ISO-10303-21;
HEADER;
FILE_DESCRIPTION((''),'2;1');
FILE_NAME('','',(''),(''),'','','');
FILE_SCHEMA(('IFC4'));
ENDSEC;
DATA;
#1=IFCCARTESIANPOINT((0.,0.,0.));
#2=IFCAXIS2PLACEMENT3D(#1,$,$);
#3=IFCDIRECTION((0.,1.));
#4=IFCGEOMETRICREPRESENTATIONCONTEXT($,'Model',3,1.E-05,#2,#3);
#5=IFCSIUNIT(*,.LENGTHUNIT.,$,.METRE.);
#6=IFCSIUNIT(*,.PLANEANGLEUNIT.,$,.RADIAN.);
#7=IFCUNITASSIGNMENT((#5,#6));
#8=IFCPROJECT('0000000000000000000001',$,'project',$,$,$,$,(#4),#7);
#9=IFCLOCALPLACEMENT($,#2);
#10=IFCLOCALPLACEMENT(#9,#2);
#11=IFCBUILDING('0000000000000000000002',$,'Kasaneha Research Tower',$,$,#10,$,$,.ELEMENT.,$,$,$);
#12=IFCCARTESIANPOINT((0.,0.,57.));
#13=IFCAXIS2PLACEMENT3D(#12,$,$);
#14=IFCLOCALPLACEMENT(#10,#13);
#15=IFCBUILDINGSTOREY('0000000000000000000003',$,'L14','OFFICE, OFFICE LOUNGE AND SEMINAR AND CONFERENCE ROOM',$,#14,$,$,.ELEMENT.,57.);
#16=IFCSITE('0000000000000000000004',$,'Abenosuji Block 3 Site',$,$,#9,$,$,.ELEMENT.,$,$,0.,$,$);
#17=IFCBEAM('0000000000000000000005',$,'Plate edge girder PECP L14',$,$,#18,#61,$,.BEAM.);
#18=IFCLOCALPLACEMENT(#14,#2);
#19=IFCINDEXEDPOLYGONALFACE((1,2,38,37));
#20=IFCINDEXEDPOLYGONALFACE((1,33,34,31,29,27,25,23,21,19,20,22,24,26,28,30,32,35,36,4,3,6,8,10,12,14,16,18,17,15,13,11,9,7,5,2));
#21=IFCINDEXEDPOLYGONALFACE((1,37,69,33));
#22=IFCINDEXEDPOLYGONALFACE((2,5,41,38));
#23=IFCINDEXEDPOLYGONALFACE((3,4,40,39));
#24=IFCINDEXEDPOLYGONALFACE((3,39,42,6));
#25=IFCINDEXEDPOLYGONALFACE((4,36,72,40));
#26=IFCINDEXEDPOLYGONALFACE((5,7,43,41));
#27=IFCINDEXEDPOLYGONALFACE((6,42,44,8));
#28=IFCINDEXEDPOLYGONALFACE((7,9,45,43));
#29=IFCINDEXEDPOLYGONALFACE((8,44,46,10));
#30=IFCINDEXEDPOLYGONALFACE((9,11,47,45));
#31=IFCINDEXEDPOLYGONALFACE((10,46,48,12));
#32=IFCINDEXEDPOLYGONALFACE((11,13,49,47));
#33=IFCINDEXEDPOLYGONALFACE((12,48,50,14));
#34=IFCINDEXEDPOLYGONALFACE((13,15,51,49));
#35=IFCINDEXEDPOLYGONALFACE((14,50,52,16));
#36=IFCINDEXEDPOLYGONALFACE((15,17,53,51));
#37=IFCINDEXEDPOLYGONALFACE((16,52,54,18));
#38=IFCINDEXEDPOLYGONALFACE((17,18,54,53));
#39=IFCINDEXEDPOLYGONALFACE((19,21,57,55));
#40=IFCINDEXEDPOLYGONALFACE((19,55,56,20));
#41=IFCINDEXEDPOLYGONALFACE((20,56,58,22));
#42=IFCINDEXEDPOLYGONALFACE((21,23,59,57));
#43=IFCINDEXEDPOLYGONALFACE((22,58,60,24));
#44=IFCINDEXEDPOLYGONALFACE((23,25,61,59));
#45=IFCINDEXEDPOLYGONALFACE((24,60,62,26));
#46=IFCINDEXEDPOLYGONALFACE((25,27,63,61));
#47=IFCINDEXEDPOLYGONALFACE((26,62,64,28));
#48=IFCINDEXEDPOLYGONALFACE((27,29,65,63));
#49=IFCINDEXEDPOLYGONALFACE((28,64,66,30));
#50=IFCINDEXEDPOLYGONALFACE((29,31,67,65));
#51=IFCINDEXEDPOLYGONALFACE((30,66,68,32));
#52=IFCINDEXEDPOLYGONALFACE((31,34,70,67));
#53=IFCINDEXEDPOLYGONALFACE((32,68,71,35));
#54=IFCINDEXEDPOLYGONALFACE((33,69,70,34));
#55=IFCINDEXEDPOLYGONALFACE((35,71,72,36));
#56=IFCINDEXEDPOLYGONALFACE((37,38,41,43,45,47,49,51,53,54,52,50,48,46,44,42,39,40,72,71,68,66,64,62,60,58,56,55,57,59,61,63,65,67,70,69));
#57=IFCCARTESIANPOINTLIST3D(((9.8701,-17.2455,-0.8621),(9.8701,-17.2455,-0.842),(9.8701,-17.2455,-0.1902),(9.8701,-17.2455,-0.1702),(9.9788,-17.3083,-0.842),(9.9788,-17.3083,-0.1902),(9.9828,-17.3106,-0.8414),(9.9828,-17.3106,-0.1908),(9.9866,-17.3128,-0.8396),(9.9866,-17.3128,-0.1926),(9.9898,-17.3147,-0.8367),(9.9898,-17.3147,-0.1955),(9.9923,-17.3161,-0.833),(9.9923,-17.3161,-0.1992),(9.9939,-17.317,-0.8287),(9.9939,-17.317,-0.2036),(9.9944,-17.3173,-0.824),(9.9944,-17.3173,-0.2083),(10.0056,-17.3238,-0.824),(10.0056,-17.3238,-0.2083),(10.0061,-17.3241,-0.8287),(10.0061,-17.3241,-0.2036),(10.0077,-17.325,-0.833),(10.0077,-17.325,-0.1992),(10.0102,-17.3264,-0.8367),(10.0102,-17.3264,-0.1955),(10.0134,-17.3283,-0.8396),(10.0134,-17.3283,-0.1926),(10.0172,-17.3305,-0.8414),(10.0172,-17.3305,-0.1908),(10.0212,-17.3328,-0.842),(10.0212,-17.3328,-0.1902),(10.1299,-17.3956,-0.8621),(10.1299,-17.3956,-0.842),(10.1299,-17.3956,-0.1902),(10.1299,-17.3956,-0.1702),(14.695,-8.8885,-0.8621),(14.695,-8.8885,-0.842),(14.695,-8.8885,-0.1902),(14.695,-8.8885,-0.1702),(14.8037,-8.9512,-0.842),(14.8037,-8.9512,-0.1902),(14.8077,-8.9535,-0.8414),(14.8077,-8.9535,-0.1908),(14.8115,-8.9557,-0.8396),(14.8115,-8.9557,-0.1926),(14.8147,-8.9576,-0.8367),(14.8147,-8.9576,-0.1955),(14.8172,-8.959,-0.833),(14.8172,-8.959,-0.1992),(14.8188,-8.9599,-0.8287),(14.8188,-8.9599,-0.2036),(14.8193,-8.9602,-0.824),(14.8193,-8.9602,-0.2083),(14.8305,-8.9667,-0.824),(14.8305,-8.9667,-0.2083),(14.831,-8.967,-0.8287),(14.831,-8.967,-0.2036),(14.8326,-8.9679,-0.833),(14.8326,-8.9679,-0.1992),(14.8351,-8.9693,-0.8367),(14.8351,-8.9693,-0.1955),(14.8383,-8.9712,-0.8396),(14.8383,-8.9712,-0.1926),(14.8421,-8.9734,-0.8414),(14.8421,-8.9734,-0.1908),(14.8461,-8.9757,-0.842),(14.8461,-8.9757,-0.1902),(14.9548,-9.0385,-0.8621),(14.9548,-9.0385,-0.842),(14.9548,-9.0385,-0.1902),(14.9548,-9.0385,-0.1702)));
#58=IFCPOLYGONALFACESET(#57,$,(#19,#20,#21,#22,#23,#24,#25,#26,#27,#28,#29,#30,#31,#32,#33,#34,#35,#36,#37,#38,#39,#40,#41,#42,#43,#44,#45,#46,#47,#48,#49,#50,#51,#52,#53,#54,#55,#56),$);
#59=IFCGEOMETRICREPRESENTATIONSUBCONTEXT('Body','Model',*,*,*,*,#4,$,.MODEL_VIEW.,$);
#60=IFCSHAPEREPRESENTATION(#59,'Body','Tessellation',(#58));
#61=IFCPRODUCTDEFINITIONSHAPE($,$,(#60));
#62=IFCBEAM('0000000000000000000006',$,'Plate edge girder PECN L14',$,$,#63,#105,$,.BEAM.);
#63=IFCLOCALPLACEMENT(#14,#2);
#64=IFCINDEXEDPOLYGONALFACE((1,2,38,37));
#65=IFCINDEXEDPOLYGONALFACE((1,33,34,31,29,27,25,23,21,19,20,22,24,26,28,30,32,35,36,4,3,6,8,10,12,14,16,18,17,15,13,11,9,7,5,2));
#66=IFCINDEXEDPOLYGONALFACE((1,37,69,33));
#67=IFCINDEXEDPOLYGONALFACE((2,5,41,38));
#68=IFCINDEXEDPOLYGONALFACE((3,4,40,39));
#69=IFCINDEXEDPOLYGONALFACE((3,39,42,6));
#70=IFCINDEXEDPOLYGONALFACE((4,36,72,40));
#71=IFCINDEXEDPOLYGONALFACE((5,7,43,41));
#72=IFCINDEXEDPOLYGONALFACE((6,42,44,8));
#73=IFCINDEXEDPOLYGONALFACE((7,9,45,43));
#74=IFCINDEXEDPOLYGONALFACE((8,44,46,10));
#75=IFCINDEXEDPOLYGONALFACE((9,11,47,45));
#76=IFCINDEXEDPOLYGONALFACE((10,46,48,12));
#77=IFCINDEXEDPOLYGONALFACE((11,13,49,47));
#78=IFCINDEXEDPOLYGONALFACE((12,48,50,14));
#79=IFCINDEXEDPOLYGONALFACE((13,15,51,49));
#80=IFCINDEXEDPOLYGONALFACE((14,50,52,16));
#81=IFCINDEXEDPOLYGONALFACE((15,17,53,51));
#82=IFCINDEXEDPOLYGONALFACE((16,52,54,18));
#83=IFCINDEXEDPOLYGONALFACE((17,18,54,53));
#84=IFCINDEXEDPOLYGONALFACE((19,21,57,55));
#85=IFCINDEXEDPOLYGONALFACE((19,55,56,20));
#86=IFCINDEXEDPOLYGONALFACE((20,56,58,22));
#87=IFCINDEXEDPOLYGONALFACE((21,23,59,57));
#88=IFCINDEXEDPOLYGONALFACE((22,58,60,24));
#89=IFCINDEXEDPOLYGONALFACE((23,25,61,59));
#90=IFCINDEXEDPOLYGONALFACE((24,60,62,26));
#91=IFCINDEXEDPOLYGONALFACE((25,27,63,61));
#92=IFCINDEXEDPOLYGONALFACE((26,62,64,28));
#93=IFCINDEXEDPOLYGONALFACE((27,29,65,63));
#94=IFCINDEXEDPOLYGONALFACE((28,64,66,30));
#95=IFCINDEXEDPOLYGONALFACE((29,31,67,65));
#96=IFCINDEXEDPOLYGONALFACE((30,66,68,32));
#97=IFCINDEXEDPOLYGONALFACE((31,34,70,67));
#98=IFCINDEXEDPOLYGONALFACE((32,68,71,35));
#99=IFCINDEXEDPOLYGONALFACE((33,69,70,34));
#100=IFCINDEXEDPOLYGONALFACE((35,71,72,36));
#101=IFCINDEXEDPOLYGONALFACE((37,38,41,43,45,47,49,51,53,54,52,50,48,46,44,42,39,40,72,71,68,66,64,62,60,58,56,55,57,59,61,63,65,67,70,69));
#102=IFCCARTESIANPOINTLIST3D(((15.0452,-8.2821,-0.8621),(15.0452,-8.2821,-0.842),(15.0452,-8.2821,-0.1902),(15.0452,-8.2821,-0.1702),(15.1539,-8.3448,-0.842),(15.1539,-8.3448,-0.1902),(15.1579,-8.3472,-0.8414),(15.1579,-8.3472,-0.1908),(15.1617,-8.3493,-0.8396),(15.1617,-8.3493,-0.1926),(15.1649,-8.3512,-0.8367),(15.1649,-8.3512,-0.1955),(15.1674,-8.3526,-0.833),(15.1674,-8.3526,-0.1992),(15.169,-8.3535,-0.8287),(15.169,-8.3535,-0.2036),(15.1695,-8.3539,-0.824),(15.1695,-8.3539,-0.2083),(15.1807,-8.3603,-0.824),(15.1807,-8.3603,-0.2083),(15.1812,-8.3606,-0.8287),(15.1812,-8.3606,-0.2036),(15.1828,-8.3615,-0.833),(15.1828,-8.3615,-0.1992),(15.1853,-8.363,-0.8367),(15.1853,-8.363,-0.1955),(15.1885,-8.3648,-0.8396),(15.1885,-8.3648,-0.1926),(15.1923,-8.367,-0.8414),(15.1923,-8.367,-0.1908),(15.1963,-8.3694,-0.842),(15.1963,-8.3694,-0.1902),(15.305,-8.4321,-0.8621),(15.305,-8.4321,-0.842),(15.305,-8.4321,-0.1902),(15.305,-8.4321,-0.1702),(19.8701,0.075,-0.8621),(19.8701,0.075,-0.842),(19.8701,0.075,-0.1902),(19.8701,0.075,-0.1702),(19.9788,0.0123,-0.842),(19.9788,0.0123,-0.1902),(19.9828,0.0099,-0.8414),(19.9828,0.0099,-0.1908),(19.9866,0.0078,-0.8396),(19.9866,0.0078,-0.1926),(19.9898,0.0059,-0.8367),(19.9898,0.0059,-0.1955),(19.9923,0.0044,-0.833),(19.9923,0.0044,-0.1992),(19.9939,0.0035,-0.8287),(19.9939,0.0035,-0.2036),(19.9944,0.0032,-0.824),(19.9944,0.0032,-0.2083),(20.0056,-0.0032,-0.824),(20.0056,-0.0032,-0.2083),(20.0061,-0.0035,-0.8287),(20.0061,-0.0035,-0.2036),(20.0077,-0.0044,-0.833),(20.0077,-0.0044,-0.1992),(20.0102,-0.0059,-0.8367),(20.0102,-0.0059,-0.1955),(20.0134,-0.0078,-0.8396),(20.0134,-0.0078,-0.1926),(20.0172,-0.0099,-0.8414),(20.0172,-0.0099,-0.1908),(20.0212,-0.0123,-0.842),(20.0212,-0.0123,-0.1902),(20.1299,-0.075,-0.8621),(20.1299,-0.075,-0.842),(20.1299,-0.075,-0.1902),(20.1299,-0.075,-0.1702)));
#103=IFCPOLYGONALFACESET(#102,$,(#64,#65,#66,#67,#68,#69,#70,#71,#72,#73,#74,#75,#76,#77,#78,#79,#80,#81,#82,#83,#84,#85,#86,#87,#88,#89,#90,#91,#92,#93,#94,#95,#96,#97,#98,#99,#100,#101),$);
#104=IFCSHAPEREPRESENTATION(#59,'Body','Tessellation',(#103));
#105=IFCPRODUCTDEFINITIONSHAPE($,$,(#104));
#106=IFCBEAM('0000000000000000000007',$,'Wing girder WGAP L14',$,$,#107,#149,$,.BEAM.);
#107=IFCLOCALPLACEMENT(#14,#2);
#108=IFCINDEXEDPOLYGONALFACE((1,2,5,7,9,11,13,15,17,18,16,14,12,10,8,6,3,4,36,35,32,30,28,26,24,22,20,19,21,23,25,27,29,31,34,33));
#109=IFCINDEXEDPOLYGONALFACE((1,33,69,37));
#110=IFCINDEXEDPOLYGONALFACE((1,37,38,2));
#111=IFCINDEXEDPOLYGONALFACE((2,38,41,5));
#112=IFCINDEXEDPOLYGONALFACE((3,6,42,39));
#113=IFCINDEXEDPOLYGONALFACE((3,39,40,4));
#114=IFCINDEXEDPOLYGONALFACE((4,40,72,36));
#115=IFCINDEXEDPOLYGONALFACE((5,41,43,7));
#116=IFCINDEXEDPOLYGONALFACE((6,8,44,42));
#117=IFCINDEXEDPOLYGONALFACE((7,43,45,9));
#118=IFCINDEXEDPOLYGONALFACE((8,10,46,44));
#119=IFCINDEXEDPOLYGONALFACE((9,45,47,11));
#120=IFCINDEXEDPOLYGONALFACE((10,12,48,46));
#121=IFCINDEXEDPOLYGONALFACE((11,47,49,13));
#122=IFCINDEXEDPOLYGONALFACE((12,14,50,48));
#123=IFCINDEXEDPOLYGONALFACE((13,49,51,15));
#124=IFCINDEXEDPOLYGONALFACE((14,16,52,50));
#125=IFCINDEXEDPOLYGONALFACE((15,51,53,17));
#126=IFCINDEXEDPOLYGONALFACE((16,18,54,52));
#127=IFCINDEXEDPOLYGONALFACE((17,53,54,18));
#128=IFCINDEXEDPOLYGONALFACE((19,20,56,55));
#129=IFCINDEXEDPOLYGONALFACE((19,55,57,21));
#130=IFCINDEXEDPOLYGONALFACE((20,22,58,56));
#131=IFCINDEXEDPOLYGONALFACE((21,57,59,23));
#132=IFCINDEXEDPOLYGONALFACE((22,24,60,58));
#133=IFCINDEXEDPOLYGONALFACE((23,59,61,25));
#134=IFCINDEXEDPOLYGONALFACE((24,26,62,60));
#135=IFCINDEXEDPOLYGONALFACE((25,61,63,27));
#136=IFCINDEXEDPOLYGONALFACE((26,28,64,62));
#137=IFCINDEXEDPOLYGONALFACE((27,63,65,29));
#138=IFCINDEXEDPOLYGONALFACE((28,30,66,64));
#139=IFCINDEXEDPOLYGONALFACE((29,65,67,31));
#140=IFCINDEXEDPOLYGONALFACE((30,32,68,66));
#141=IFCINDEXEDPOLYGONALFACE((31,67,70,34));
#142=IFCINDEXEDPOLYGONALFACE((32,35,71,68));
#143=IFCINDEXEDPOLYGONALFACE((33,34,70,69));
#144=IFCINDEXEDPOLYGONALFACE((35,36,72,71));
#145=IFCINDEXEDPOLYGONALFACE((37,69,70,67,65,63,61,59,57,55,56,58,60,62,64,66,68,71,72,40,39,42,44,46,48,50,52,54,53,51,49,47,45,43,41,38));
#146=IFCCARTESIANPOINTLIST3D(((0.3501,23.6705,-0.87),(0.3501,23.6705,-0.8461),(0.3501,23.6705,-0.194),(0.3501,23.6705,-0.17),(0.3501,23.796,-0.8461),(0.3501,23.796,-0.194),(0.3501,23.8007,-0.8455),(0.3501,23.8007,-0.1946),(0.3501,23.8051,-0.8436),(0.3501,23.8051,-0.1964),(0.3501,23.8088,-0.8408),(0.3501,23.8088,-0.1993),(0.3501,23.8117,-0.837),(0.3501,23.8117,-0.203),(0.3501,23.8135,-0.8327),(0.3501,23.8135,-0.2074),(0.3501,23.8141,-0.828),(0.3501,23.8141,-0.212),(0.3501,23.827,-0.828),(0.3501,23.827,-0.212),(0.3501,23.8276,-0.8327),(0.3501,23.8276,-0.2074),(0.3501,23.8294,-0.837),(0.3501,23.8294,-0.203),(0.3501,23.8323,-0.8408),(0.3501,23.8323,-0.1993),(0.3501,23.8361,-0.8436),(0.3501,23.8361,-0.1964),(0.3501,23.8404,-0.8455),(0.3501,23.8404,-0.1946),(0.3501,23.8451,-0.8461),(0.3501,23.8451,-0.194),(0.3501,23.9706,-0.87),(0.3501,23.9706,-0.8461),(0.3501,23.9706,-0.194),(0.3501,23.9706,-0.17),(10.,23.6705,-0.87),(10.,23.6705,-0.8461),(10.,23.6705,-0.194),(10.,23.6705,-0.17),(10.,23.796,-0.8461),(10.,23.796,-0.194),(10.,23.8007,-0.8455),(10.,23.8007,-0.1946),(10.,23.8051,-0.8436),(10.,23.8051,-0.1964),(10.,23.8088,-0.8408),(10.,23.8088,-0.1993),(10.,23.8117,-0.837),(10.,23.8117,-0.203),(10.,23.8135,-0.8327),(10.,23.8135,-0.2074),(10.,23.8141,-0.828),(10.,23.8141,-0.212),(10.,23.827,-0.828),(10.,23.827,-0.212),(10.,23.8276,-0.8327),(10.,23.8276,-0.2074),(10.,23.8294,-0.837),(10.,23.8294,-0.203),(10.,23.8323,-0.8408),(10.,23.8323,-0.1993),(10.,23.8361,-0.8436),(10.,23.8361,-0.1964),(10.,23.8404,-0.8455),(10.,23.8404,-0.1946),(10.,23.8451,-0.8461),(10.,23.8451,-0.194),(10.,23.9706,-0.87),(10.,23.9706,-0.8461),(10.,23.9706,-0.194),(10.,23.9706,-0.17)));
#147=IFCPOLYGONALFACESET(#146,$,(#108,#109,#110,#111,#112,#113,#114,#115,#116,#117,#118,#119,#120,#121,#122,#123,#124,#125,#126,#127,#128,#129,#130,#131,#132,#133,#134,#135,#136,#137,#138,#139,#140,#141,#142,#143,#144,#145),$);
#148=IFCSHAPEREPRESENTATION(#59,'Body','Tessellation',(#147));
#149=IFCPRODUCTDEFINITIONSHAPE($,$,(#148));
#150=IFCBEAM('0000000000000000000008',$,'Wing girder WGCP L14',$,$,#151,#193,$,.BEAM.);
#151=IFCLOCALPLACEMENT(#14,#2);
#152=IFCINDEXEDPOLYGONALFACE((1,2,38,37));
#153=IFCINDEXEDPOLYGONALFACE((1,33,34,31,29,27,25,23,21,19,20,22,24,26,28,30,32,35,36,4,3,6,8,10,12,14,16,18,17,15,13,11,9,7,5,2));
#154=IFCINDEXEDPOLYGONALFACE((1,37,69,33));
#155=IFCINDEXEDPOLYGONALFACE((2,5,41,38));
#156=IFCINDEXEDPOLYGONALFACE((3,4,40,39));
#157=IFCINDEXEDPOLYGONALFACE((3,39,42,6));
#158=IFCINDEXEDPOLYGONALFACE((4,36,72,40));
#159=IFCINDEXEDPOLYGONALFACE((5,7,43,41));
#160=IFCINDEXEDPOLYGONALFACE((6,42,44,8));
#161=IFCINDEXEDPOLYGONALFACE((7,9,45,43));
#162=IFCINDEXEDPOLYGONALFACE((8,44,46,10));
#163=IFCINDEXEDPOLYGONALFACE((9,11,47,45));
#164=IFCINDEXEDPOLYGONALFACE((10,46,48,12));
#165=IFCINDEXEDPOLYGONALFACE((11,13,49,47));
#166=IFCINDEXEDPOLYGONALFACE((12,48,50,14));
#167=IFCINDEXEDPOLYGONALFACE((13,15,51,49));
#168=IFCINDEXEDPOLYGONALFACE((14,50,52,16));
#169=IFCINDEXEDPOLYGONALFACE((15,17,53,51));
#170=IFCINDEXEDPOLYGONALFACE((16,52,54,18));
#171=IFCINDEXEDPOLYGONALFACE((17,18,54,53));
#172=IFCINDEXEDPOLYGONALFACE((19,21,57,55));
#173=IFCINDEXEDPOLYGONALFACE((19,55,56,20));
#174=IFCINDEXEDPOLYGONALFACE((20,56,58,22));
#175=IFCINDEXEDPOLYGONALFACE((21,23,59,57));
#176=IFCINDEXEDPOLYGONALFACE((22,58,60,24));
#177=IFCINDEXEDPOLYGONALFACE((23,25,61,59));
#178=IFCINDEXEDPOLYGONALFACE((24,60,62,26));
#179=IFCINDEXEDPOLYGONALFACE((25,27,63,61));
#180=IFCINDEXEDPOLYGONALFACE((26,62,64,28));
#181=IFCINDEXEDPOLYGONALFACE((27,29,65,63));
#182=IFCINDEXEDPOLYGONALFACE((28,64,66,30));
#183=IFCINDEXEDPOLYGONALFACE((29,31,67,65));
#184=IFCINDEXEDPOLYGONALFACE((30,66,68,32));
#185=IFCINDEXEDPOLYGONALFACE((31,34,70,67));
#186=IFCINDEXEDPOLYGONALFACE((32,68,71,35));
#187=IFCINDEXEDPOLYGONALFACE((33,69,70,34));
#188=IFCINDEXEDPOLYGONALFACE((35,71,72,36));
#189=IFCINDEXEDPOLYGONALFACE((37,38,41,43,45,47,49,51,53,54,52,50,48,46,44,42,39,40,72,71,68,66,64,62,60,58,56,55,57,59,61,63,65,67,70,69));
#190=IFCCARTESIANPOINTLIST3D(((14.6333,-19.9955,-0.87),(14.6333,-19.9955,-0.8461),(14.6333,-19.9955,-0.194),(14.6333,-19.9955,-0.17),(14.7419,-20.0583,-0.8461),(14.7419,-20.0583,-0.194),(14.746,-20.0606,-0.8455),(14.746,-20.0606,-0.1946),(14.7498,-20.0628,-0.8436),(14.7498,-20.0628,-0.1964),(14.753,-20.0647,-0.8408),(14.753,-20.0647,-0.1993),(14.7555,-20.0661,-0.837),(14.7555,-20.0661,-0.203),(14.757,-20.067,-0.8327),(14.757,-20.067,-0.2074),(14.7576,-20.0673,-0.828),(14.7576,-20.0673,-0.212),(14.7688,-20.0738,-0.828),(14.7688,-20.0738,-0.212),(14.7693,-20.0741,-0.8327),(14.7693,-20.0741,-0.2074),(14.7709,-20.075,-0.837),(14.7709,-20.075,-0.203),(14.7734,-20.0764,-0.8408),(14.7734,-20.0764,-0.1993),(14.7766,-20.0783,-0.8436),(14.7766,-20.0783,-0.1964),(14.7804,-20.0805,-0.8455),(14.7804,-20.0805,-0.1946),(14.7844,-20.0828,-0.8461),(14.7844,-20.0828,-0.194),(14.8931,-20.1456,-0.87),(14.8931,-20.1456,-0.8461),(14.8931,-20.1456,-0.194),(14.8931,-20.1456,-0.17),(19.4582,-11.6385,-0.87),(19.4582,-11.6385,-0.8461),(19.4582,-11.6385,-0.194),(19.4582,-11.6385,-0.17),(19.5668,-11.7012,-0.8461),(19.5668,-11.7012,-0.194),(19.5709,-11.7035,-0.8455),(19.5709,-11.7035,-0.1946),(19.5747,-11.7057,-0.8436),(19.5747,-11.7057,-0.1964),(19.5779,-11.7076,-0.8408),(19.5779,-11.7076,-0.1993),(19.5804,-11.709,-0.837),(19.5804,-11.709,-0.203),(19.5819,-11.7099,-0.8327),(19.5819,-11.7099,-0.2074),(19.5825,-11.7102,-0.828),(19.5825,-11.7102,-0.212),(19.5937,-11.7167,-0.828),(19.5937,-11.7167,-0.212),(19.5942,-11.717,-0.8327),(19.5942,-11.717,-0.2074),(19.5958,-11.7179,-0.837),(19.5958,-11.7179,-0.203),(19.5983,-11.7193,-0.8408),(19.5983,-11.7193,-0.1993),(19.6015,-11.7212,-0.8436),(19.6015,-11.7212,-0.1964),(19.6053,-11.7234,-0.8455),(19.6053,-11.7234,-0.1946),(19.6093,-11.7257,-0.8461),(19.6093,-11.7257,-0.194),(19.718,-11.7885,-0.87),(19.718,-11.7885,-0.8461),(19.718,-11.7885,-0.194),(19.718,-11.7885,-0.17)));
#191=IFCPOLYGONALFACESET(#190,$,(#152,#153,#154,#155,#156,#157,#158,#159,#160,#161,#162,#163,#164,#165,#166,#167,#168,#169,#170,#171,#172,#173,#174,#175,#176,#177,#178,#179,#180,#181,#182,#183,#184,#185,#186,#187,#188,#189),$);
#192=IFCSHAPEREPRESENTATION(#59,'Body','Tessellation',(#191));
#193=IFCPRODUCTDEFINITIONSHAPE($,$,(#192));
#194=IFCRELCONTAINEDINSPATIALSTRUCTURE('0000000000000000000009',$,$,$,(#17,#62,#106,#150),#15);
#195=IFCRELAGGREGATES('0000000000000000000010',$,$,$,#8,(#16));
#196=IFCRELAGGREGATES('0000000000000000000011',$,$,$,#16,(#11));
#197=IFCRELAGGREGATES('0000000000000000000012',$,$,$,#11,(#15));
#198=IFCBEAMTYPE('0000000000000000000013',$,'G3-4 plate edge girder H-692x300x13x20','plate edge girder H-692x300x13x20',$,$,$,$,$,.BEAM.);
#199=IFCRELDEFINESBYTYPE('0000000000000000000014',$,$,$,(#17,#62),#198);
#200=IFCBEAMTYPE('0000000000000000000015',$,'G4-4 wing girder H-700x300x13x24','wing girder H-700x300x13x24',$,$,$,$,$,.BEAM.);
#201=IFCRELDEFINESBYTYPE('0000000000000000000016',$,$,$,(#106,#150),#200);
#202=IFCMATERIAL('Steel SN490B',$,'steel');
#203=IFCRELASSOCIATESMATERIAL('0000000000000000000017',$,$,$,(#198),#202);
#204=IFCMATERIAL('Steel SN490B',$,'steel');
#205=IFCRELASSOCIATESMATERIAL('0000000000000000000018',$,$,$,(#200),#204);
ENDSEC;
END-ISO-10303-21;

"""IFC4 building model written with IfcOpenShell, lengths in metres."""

from ifc_helpers import new_model, si_unit, direction, frame, origin, origin_2d, place, context, subcontext, project, spatial, i_section, extrude, material, material_profile, profile_set, type_object, element, save


model = new_model("IFC4")

# Units and contexts
model_context = context("Model", 3, precision=1e-05, world=origin(), true_north=direction((0.0, 1.0)))
body_context = subcontext(model_context, "Body", "Model", "MODEL_VIEW")
ifc_project = project(units=[si_unit("LENGTHUNIT", "METRE"), si_unit("PLANEANGLEUNIT", "RADIAN")], contexts=[model_context])

# Site, building, storey
site_placement = place(None, origin())
site = spatial("IfcSite", under=ifc_project, at=site_placement, Name="Abenosuji Block 3 Site", CompositionType="ELEMENT", RefElevation=0.0)
building_placement = place(site_placement, origin())
building = spatial("IfcBuilding", under=site, at=building_placement, Name="Kasaneha Research Tower", CompositionType="ELEMENT")
storey_placement = place(building_placement, frame((0.0, 0.0, 57.0)))
storey = spatial("IfcBuildingStorey", under=building, at=storey_placement, Name="L14", Description="OFFICE, OFFICE LOUNGE AND SEMINAR AND CONFERENCE ROOM", CompositionType="ELEMENT", Elevation=57.0)

# Beams
ifc_material_1 = material(Name="Steel SN490B", Category="steel")
ifc_material_profile_1 = material_profile(ifc_material_1, i_section(OverallWidth=0.3, OverallDepth=0.6919, WebThickness=0.0129, FlangeThickness=0.02, FilletRadius=0.0181, at=origin_2d()), Name="H-692x300x13x20")
ifc_profile_set_1 = profile_set([ifc_material_profile_1], Name="Steel SN490B")
beam_type_1 = type_object("IfcBeamType", Name="G3-4 plate edge girder H-692x300x13x20", Description="plate edge girder H-692x300x13x20", PredefinedType="BEAM", material=ifc_profile_set_1)
for number, where, z_axis, x_axis, name in (
    (1, (10.0, -17.3206, -0.5161), (0.499995, 0.866028, 0.0), (-0.866028, 0.499995, 0.0), "Plate edge girder PECP L14"),
    (2, (20.0, 0.0, -0.5161), (-0.499995, -0.866028, 0.0), (0.866028, -0.499995, 0.0), "Plate edge girder PECN L14"),
):
    element("IfcBeam", number, at=place(storey_placement, frame(where, z_axis=z_axis, x_axis=x_axis)), inside=storey, type_object=beam_type_1, Name=name, PredefinedType="BEAM", context=body_context, shape_type="SweptSolid", body=[
        extrude(i_section(OverallWidth=0.3, OverallDepth=0.6919, WebThickness=0.0129, FlangeThickness=0.02, FilletRadius=0.0181, at=origin_2d()), origin(), (0.0, 0.0, 1.0), 9.6499),
    ])
ifc_material_2 = material(Name="Steel SN490B", Category="steel")
ifc_material_profile_2 = material_profile(ifc_material_2, i_section(OverallWidth=0.3, OverallDepth=0.7, WebThickness=0.0129, FlangeThickness=0.0239, FilletRadius=0.0181, at=origin_2d()), Name="H-700x300x13x24")
ifc_profile_set_2 = profile_set([ifc_material_profile_2], Name="Steel SN490B")
beam_type_2 = type_object("IfcBeamType", Name="G4-4 wing girder H-700x300x13x24", Description="wing girder H-700x300x13x24", PredefinedType="BEAM", material=ifc_profile_set_2)
for number, where, z_axis, x_axis, name in (
    (3, (10.0, 23.8206, -0.52), (-1.0, 0.0, 0.0), (0.0, -1.0, 0.0), "Wing girder WGAP L14"),
    (4, (14.7632, -20.0706, -0.52), (0.499995, 0.866028, 0.0), (-0.866028, 0.499995, 0.0), "Wing girder WGCP L14"),
):
    element("IfcBeam", number, at=place(storey_placement, frame(where, z_axis=z_axis, x_axis=x_axis)), inside=storey, type_object=beam_type_2, Name=name, PredefinedType="BEAM", context=body_context, shape_type="SweptSolid", body=[
        extrude(i_section(OverallWidth=0.3, OverallDepth=0.7, WebThickness=0.0129, FlangeThickness=0.0239, FilletRadius=0.0181, at=origin_2d()), origin(), (0.0, 0.0, 1.0), 9.6499),
    ])

save(model, "model.ifc")
